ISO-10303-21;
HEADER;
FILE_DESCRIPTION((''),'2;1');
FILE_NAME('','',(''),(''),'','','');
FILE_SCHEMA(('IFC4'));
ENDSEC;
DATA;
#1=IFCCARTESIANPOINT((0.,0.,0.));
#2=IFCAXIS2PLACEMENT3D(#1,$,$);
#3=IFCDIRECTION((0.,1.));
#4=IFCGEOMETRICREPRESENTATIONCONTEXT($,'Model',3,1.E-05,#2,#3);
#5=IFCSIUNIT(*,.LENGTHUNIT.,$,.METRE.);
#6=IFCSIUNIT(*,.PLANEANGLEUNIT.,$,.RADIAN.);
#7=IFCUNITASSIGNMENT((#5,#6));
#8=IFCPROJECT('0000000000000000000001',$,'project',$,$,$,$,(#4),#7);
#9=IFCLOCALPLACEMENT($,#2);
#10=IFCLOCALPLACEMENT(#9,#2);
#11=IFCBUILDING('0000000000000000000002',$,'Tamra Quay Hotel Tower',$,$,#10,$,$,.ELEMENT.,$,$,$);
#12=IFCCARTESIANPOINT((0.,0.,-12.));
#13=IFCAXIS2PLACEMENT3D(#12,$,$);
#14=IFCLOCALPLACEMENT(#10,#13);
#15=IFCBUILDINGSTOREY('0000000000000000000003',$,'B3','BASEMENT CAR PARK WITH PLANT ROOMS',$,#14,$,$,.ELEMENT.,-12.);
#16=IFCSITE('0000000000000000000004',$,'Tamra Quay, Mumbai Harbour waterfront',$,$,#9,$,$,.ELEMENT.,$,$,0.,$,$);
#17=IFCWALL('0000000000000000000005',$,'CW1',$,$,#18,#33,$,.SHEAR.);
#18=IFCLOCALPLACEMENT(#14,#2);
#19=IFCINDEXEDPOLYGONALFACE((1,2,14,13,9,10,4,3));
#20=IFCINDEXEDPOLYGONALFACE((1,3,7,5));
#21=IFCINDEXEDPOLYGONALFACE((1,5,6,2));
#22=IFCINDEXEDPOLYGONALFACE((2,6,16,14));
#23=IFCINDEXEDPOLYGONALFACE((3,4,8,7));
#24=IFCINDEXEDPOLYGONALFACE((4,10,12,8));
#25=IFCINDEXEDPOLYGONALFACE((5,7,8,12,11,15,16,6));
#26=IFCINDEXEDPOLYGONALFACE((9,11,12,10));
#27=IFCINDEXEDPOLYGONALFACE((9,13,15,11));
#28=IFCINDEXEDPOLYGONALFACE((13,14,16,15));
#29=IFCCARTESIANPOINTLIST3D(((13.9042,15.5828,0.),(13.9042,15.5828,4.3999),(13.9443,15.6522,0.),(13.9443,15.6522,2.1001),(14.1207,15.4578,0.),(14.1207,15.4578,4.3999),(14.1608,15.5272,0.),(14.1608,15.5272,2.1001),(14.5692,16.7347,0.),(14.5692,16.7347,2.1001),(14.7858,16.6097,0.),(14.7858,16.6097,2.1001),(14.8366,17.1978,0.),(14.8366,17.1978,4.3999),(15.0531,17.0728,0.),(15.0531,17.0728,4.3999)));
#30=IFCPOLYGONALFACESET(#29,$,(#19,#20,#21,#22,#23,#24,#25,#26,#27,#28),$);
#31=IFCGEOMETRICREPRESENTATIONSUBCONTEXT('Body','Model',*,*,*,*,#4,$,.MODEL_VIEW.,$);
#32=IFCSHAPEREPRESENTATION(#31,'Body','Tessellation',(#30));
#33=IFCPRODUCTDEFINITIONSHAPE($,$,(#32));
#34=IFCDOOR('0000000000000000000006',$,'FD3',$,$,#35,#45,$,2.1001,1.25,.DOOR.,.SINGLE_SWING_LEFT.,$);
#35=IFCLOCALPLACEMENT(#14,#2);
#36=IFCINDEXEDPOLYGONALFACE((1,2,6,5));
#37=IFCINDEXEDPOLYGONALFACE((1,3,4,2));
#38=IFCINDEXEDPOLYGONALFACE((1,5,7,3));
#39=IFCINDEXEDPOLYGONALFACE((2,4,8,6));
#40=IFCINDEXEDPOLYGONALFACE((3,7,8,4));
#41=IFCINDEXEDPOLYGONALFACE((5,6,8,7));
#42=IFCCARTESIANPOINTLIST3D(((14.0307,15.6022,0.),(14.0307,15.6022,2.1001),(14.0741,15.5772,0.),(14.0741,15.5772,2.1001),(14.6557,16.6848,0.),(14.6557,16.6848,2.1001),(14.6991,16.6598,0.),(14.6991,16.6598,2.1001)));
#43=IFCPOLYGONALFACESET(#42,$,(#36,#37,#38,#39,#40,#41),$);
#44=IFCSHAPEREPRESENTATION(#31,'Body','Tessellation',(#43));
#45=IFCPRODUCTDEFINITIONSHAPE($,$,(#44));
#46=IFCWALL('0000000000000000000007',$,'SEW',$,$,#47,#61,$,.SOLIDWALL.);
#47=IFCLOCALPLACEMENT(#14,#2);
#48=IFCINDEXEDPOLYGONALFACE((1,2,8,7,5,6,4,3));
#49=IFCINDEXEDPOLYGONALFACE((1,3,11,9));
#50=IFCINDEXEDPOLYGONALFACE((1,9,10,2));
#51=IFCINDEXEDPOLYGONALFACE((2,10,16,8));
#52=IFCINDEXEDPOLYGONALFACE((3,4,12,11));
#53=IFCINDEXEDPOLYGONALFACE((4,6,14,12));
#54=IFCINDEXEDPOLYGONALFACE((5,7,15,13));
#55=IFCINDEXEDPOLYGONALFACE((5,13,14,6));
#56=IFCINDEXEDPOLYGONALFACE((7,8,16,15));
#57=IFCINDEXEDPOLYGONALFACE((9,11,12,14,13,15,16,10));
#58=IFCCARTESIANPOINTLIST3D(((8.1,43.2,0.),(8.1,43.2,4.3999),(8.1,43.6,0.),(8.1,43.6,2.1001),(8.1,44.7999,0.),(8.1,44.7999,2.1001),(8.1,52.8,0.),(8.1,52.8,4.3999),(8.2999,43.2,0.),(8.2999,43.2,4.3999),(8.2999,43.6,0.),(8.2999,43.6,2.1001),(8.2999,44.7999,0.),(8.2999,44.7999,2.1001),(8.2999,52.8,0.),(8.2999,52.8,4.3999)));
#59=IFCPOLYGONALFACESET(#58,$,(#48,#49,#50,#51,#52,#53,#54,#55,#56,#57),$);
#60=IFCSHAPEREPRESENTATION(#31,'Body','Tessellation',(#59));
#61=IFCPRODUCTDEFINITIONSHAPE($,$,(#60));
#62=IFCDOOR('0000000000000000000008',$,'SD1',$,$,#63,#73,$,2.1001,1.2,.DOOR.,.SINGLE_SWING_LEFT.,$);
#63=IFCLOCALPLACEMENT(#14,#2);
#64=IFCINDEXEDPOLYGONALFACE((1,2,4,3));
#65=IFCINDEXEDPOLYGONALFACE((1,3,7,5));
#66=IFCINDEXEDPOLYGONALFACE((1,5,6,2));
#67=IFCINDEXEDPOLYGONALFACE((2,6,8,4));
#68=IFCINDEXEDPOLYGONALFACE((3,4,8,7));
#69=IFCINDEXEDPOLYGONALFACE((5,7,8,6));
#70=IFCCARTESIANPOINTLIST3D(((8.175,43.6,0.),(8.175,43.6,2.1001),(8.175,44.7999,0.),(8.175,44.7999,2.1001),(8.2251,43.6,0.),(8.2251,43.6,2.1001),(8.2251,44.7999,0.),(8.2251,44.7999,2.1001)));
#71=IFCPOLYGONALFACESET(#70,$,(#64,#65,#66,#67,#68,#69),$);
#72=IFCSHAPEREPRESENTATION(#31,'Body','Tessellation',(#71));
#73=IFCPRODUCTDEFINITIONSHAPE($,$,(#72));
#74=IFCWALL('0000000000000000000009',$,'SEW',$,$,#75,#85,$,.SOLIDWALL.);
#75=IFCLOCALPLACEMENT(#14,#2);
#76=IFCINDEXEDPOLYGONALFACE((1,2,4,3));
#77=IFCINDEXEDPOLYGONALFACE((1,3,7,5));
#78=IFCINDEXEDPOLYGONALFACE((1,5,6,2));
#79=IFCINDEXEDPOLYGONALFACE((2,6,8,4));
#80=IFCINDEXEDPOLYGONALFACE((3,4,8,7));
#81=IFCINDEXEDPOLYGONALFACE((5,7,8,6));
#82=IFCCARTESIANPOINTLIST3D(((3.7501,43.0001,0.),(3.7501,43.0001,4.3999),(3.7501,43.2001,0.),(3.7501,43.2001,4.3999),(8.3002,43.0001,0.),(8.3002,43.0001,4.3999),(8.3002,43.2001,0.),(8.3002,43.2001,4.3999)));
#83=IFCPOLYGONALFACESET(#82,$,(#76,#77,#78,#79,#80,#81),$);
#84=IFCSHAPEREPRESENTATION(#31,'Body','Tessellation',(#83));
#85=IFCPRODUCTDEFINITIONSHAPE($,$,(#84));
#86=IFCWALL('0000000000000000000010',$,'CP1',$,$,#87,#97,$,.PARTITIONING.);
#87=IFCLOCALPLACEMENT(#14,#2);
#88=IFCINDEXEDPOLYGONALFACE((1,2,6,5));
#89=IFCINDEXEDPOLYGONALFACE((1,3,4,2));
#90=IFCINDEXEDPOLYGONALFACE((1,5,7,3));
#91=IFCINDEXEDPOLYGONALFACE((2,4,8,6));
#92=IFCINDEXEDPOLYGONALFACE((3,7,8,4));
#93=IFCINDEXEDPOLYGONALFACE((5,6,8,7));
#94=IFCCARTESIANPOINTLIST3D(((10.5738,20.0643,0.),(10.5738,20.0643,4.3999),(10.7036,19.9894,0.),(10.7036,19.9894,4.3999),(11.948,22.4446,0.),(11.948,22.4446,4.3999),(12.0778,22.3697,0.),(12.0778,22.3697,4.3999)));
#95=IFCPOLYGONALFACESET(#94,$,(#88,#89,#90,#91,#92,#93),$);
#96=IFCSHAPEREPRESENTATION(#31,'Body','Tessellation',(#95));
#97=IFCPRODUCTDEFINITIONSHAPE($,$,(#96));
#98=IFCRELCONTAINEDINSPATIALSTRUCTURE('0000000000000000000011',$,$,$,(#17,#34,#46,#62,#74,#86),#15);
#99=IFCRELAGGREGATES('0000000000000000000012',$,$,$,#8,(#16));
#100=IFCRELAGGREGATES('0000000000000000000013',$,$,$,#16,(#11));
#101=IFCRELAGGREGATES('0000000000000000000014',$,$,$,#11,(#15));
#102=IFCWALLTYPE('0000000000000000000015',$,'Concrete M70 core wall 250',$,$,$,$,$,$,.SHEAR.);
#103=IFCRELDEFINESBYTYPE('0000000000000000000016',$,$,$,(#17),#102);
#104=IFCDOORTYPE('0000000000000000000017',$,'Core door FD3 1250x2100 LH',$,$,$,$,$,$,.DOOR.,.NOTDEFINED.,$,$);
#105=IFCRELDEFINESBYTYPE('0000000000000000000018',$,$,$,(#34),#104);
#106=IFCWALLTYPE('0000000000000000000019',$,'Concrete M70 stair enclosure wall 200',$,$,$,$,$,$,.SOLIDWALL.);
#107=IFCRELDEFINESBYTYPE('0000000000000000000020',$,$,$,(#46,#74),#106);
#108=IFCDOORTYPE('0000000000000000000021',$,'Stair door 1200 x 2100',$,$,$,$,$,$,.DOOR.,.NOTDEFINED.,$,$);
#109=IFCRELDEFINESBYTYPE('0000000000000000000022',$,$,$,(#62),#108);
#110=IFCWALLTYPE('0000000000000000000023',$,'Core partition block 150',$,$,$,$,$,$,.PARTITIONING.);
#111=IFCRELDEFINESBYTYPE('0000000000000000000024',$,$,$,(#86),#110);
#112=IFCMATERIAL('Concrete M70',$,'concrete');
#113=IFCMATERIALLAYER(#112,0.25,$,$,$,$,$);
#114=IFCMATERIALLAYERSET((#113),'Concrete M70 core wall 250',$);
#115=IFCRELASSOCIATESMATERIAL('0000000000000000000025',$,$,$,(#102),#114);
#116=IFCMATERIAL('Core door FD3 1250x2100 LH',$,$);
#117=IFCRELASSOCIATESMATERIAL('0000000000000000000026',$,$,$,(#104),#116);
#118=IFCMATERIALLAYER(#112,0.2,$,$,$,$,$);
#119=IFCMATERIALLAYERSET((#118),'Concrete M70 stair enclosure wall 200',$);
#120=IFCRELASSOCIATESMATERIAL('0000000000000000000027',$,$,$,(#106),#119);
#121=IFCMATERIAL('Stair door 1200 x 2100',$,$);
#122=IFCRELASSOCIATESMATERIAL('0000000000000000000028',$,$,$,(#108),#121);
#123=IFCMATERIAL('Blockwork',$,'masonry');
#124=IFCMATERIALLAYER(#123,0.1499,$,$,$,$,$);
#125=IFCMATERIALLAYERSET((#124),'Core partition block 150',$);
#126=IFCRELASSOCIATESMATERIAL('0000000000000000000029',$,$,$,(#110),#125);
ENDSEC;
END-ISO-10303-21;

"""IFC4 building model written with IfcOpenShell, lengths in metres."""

from ifc_helpers import new_model, si_unit, direction, frame, frame_2d, origin, place, context, subcontext, project, spatial, rectangle, extrude, material, layer, layer_set, type_object, element, fill, save


model = new_model("IFC4")

# Units and contexts
model_context = context("Model", 3, precision=1e-05, world=origin(), true_north=direction((0.0, 1.0)))
body_context = subcontext(model_context, "Body", "Model", "MODEL_VIEW")
ifc_project = project(units=[si_unit("LENGTHUNIT", "METRE"), si_unit("PLANEANGLEUNIT", "RADIAN")], contexts=[model_context])

# Site, building, storey
site_placement = place(None, origin())
site = spatial("IfcSite", under=ifc_project, at=site_placement, Name="Tamra Quay, Mumbai Harbour waterfront", CompositionType="ELEMENT", RefElevation=0.0)
building_placement = place(site_placement, origin())
building = spatial("IfcBuilding", under=site, at=building_placement, Name="Tamra Quay Hotel Tower", CompositionType="ELEMENT")
storey_placement = place(building_placement, frame((0.0, 0.0, -12.0)))
storey = spatial("IfcBuildingStorey", under=building, at=storey_placement, Name="B3", Description="BASEMENT CAR PARK WITH PLANT ROOMS", CompositionType="ELEMENT", Elevation=-12.0)

# Shared definitions
ifc_material_1 = material(Name="Concrete M70", Category="concrete")

# Shared definitions
ifc_material_2 = material(Name="Blockwork", Category="masonry")

# Shared definitions
ifc_layer_1 = layer(ifc_material_1, 0.25)
ifc_layer_set_1 = layer_set([ifc_layer_1], Name="Concrete M70 core wall 250")
wall_type_1 = type_object("IfcWallType", Name="Concrete M70 core wall 250", PredefinedType="SHEAR", material=ifc_layer_set_1)

# Walls, openings, doors
wall_1_placement = place(storey_placement, frame((14.9448, 17.1353, 0.0), z_axis=(0.0, 0.0, 1.0), x_axis=(-0.499983, -0.866035, 0.0)))
wall_1 = element("IfcWall", 1, at=wall_1_placement, inside=storey, type_object=wall_type_1, Name="CW1", PredefinedType="SHEAR", context=body_context, shape_type="SweptSolid", body=[
    extrude(rectangle(XDim=1.8647, YDim=0.25, at=frame_2d((0.9324, 0.0))), origin(), (0.0, 0.0, 1.0), 4.3999),
])
opening_1_placement = place(wall_1_placement, frame((0.5347, 0.0, 0.0)))
opening_1 = element("IfcOpeningElement", 2, at=opening_1_placement, cuts=wall_1, PredefinedType="OPENING", context=body_context, shape_type="SweptSolid", body=[
    extrude(rectangle(XDim=1.25, YDim=2.1001, at=frame_2d((0.625, 1.05))), frame((0.0, 0.135, 0.0), z_axis=(0.0, -1.0, 0.0), x_axis=(1.0, 0.0, 0.0)), (0.0, 0.0, 1.0), 0.27),
])
ifc_material_3 = material(Name="Core door FD3 1250x2100 LH")
door_type_1 = type_object("IfcDoorType", Name="Core door FD3 1250x2100 LH", OperationType="NOTDEFINED", PredefinedType="DOOR", material=ifc_material_3)
door_1_placement = place(opening_1_placement, origin())
door_1 = element("IfcDoor", 3, at=door_1_placement, inside=storey, type_object=door_type_1, Name="FD3", OperationType="SINGLE_SWING_LEFT", OverallHeight=2.1001, OverallWidth=1.25, PredefinedType="DOOR", context=body_context, shape_type="SweptSolid", body=[
    extrude(rectangle(XDim=1.25, YDim=2.1001, at=frame_2d((0.625, 1.05))), frame((0.0, 0.0249, 0.0), z_axis=(0.0, -1.0, 0.0), x_axis=(1.0, 0.0, 0.0)), (0.0, 0.0, 1.0), 0.05),
])
fill(opening_1, door_1)
ifc_layer_2 = layer(ifc_material_1, 0.2)
ifc_layer_set_2 = layer_set([ifc_layer_2], Name="Concrete M70 stair enclosure wall 200")
wall_type_2 = type_object("IfcWallType", Name="Concrete M70 stair enclosure wall 200", PredefinedType="SOLIDWALL", material=ifc_layer_set_2)
wall_2_placement = place(storey_placement, frame((8.2, 43.2, 0.0), z_axis=(0.0, 0.0, 1.0), x_axis=(0.0, 1.0, 0.0)))
wall_2 = element("IfcWall", 4, at=wall_2_placement, inside=storey, type_object=wall_type_2, Name="SEW", PredefinedType="SOLIDWALL", context=body_context, shape_type="SweptSolid", body=[
    extrude(rectangle(XDim=9.6001, YDim=0.2, at=frame_2d((4.8, 0.0))), origin(), (0.0, 0.0, 1.0), 4.3999),
])
opening_2_placement = place(wall_2_placement, frame((0.3999, 0.0, 0.0)))
opening_2 = element("IfcOpeningElement", 5, at=opening_2_placement, cuts=wall_2, PredefinedType="OPENING", context=body_context, shape_type="SweptSolid", body=[
    extrude(rectangle(XDim=1.2, YDim=2.1001, at=frame_2d((0.6001, 1.05))), frame((0.0, 0.1099, 0.0), z_axis=(0.0, -1.0, 0.0), x_axis=(1.0, 0.0, 0.0)), (0.0, 0.0, 1.0), 0.22),
])
ifc_material_4 = material(Name="Stair door 1200 x 2100")
door_type_2 = type_object("IfcDoorType", Name="Stair door 1200 x 2100", OperationType="NOTDEFINED", PredefinedType="DOOR", material=ifc_material_4)
door_2_placement = place(opening_2_placement, origin())
door_2 = element("IfcDoor", 6, at=door_2_placement, inside=storey, type_object=door_type_2, Name="SD1", OperationType="SINGLE_SWING_LEFT", OverallHeight=2.1001, OverallWidth=1.2, PredefinedType="DOOR", context=body_context, shape_type="SweptSolid", body=[
    extrude(rectangle(XDim=1.2, YDim=2.1001, at=frame_2d((0.6001, 1.05))), frame((0.0, 0.0249, 0.0), z_axis=(0.0, -1.0, 0.0), x_axis=(1.0, 0.0, 0.0)), (0.0, 0.0, 1.0), 0.05),
])
fill(opening_2, door_2)

# Walls
wall_3_placement = place(storey_placement, frame((8.3, 43.1001, 0.0), z_axis=(0.0, 0.0, 1.0), x_axis=(-1.0, 0.0, 0.0)))
element("IfcWall", 7, at=wall_3_placement, inside=storey, type_object=wall_type_2, Name="SEW", PredefinedType="SOLIDWALL", context=body_context, shape_type="SweptSolid", body=[
    extrude(rectangle(XDim=4.55, YDim=0.2, at=frame_2d((2.2749, 0.0))), origin(), (0.0, 0.0, 1.0), 4.3999),
])
ifc_layer_3 = layer(ifc_material_2, 0.1499)
ifc_layer_set_3 = layer_set([ifc_layer_3], Name="Core partition block 150")
wall_type_3 = type_object("IfcWallType", Name="Core partition block 150", PredefinedType="PARTITIONING", material=ifc_layer_set_3)
wall_4_placement = place(storey_placement, frame((10.6387, 20.0269, 0.0), z_axis=(0.0, 0.0, 1.0), x_axis=(0.499989, 0.866032, 0.0)))
element("IfcWall", 8, at=wall_4_placement, inside=storey, type_object=wall_type_3, Name="CP1", PredefinedType="PARTITIONING", context=body_context, shape_type="SweptSolid", body=[
    extrude(rectangle(XDim=2.7485, YDim=0.1499, at=frame_2d((1.3743, 0.0))), origin(), (0.0, 0.0, 1.0), 4.3999),
])

save(model, "model.ifc")
